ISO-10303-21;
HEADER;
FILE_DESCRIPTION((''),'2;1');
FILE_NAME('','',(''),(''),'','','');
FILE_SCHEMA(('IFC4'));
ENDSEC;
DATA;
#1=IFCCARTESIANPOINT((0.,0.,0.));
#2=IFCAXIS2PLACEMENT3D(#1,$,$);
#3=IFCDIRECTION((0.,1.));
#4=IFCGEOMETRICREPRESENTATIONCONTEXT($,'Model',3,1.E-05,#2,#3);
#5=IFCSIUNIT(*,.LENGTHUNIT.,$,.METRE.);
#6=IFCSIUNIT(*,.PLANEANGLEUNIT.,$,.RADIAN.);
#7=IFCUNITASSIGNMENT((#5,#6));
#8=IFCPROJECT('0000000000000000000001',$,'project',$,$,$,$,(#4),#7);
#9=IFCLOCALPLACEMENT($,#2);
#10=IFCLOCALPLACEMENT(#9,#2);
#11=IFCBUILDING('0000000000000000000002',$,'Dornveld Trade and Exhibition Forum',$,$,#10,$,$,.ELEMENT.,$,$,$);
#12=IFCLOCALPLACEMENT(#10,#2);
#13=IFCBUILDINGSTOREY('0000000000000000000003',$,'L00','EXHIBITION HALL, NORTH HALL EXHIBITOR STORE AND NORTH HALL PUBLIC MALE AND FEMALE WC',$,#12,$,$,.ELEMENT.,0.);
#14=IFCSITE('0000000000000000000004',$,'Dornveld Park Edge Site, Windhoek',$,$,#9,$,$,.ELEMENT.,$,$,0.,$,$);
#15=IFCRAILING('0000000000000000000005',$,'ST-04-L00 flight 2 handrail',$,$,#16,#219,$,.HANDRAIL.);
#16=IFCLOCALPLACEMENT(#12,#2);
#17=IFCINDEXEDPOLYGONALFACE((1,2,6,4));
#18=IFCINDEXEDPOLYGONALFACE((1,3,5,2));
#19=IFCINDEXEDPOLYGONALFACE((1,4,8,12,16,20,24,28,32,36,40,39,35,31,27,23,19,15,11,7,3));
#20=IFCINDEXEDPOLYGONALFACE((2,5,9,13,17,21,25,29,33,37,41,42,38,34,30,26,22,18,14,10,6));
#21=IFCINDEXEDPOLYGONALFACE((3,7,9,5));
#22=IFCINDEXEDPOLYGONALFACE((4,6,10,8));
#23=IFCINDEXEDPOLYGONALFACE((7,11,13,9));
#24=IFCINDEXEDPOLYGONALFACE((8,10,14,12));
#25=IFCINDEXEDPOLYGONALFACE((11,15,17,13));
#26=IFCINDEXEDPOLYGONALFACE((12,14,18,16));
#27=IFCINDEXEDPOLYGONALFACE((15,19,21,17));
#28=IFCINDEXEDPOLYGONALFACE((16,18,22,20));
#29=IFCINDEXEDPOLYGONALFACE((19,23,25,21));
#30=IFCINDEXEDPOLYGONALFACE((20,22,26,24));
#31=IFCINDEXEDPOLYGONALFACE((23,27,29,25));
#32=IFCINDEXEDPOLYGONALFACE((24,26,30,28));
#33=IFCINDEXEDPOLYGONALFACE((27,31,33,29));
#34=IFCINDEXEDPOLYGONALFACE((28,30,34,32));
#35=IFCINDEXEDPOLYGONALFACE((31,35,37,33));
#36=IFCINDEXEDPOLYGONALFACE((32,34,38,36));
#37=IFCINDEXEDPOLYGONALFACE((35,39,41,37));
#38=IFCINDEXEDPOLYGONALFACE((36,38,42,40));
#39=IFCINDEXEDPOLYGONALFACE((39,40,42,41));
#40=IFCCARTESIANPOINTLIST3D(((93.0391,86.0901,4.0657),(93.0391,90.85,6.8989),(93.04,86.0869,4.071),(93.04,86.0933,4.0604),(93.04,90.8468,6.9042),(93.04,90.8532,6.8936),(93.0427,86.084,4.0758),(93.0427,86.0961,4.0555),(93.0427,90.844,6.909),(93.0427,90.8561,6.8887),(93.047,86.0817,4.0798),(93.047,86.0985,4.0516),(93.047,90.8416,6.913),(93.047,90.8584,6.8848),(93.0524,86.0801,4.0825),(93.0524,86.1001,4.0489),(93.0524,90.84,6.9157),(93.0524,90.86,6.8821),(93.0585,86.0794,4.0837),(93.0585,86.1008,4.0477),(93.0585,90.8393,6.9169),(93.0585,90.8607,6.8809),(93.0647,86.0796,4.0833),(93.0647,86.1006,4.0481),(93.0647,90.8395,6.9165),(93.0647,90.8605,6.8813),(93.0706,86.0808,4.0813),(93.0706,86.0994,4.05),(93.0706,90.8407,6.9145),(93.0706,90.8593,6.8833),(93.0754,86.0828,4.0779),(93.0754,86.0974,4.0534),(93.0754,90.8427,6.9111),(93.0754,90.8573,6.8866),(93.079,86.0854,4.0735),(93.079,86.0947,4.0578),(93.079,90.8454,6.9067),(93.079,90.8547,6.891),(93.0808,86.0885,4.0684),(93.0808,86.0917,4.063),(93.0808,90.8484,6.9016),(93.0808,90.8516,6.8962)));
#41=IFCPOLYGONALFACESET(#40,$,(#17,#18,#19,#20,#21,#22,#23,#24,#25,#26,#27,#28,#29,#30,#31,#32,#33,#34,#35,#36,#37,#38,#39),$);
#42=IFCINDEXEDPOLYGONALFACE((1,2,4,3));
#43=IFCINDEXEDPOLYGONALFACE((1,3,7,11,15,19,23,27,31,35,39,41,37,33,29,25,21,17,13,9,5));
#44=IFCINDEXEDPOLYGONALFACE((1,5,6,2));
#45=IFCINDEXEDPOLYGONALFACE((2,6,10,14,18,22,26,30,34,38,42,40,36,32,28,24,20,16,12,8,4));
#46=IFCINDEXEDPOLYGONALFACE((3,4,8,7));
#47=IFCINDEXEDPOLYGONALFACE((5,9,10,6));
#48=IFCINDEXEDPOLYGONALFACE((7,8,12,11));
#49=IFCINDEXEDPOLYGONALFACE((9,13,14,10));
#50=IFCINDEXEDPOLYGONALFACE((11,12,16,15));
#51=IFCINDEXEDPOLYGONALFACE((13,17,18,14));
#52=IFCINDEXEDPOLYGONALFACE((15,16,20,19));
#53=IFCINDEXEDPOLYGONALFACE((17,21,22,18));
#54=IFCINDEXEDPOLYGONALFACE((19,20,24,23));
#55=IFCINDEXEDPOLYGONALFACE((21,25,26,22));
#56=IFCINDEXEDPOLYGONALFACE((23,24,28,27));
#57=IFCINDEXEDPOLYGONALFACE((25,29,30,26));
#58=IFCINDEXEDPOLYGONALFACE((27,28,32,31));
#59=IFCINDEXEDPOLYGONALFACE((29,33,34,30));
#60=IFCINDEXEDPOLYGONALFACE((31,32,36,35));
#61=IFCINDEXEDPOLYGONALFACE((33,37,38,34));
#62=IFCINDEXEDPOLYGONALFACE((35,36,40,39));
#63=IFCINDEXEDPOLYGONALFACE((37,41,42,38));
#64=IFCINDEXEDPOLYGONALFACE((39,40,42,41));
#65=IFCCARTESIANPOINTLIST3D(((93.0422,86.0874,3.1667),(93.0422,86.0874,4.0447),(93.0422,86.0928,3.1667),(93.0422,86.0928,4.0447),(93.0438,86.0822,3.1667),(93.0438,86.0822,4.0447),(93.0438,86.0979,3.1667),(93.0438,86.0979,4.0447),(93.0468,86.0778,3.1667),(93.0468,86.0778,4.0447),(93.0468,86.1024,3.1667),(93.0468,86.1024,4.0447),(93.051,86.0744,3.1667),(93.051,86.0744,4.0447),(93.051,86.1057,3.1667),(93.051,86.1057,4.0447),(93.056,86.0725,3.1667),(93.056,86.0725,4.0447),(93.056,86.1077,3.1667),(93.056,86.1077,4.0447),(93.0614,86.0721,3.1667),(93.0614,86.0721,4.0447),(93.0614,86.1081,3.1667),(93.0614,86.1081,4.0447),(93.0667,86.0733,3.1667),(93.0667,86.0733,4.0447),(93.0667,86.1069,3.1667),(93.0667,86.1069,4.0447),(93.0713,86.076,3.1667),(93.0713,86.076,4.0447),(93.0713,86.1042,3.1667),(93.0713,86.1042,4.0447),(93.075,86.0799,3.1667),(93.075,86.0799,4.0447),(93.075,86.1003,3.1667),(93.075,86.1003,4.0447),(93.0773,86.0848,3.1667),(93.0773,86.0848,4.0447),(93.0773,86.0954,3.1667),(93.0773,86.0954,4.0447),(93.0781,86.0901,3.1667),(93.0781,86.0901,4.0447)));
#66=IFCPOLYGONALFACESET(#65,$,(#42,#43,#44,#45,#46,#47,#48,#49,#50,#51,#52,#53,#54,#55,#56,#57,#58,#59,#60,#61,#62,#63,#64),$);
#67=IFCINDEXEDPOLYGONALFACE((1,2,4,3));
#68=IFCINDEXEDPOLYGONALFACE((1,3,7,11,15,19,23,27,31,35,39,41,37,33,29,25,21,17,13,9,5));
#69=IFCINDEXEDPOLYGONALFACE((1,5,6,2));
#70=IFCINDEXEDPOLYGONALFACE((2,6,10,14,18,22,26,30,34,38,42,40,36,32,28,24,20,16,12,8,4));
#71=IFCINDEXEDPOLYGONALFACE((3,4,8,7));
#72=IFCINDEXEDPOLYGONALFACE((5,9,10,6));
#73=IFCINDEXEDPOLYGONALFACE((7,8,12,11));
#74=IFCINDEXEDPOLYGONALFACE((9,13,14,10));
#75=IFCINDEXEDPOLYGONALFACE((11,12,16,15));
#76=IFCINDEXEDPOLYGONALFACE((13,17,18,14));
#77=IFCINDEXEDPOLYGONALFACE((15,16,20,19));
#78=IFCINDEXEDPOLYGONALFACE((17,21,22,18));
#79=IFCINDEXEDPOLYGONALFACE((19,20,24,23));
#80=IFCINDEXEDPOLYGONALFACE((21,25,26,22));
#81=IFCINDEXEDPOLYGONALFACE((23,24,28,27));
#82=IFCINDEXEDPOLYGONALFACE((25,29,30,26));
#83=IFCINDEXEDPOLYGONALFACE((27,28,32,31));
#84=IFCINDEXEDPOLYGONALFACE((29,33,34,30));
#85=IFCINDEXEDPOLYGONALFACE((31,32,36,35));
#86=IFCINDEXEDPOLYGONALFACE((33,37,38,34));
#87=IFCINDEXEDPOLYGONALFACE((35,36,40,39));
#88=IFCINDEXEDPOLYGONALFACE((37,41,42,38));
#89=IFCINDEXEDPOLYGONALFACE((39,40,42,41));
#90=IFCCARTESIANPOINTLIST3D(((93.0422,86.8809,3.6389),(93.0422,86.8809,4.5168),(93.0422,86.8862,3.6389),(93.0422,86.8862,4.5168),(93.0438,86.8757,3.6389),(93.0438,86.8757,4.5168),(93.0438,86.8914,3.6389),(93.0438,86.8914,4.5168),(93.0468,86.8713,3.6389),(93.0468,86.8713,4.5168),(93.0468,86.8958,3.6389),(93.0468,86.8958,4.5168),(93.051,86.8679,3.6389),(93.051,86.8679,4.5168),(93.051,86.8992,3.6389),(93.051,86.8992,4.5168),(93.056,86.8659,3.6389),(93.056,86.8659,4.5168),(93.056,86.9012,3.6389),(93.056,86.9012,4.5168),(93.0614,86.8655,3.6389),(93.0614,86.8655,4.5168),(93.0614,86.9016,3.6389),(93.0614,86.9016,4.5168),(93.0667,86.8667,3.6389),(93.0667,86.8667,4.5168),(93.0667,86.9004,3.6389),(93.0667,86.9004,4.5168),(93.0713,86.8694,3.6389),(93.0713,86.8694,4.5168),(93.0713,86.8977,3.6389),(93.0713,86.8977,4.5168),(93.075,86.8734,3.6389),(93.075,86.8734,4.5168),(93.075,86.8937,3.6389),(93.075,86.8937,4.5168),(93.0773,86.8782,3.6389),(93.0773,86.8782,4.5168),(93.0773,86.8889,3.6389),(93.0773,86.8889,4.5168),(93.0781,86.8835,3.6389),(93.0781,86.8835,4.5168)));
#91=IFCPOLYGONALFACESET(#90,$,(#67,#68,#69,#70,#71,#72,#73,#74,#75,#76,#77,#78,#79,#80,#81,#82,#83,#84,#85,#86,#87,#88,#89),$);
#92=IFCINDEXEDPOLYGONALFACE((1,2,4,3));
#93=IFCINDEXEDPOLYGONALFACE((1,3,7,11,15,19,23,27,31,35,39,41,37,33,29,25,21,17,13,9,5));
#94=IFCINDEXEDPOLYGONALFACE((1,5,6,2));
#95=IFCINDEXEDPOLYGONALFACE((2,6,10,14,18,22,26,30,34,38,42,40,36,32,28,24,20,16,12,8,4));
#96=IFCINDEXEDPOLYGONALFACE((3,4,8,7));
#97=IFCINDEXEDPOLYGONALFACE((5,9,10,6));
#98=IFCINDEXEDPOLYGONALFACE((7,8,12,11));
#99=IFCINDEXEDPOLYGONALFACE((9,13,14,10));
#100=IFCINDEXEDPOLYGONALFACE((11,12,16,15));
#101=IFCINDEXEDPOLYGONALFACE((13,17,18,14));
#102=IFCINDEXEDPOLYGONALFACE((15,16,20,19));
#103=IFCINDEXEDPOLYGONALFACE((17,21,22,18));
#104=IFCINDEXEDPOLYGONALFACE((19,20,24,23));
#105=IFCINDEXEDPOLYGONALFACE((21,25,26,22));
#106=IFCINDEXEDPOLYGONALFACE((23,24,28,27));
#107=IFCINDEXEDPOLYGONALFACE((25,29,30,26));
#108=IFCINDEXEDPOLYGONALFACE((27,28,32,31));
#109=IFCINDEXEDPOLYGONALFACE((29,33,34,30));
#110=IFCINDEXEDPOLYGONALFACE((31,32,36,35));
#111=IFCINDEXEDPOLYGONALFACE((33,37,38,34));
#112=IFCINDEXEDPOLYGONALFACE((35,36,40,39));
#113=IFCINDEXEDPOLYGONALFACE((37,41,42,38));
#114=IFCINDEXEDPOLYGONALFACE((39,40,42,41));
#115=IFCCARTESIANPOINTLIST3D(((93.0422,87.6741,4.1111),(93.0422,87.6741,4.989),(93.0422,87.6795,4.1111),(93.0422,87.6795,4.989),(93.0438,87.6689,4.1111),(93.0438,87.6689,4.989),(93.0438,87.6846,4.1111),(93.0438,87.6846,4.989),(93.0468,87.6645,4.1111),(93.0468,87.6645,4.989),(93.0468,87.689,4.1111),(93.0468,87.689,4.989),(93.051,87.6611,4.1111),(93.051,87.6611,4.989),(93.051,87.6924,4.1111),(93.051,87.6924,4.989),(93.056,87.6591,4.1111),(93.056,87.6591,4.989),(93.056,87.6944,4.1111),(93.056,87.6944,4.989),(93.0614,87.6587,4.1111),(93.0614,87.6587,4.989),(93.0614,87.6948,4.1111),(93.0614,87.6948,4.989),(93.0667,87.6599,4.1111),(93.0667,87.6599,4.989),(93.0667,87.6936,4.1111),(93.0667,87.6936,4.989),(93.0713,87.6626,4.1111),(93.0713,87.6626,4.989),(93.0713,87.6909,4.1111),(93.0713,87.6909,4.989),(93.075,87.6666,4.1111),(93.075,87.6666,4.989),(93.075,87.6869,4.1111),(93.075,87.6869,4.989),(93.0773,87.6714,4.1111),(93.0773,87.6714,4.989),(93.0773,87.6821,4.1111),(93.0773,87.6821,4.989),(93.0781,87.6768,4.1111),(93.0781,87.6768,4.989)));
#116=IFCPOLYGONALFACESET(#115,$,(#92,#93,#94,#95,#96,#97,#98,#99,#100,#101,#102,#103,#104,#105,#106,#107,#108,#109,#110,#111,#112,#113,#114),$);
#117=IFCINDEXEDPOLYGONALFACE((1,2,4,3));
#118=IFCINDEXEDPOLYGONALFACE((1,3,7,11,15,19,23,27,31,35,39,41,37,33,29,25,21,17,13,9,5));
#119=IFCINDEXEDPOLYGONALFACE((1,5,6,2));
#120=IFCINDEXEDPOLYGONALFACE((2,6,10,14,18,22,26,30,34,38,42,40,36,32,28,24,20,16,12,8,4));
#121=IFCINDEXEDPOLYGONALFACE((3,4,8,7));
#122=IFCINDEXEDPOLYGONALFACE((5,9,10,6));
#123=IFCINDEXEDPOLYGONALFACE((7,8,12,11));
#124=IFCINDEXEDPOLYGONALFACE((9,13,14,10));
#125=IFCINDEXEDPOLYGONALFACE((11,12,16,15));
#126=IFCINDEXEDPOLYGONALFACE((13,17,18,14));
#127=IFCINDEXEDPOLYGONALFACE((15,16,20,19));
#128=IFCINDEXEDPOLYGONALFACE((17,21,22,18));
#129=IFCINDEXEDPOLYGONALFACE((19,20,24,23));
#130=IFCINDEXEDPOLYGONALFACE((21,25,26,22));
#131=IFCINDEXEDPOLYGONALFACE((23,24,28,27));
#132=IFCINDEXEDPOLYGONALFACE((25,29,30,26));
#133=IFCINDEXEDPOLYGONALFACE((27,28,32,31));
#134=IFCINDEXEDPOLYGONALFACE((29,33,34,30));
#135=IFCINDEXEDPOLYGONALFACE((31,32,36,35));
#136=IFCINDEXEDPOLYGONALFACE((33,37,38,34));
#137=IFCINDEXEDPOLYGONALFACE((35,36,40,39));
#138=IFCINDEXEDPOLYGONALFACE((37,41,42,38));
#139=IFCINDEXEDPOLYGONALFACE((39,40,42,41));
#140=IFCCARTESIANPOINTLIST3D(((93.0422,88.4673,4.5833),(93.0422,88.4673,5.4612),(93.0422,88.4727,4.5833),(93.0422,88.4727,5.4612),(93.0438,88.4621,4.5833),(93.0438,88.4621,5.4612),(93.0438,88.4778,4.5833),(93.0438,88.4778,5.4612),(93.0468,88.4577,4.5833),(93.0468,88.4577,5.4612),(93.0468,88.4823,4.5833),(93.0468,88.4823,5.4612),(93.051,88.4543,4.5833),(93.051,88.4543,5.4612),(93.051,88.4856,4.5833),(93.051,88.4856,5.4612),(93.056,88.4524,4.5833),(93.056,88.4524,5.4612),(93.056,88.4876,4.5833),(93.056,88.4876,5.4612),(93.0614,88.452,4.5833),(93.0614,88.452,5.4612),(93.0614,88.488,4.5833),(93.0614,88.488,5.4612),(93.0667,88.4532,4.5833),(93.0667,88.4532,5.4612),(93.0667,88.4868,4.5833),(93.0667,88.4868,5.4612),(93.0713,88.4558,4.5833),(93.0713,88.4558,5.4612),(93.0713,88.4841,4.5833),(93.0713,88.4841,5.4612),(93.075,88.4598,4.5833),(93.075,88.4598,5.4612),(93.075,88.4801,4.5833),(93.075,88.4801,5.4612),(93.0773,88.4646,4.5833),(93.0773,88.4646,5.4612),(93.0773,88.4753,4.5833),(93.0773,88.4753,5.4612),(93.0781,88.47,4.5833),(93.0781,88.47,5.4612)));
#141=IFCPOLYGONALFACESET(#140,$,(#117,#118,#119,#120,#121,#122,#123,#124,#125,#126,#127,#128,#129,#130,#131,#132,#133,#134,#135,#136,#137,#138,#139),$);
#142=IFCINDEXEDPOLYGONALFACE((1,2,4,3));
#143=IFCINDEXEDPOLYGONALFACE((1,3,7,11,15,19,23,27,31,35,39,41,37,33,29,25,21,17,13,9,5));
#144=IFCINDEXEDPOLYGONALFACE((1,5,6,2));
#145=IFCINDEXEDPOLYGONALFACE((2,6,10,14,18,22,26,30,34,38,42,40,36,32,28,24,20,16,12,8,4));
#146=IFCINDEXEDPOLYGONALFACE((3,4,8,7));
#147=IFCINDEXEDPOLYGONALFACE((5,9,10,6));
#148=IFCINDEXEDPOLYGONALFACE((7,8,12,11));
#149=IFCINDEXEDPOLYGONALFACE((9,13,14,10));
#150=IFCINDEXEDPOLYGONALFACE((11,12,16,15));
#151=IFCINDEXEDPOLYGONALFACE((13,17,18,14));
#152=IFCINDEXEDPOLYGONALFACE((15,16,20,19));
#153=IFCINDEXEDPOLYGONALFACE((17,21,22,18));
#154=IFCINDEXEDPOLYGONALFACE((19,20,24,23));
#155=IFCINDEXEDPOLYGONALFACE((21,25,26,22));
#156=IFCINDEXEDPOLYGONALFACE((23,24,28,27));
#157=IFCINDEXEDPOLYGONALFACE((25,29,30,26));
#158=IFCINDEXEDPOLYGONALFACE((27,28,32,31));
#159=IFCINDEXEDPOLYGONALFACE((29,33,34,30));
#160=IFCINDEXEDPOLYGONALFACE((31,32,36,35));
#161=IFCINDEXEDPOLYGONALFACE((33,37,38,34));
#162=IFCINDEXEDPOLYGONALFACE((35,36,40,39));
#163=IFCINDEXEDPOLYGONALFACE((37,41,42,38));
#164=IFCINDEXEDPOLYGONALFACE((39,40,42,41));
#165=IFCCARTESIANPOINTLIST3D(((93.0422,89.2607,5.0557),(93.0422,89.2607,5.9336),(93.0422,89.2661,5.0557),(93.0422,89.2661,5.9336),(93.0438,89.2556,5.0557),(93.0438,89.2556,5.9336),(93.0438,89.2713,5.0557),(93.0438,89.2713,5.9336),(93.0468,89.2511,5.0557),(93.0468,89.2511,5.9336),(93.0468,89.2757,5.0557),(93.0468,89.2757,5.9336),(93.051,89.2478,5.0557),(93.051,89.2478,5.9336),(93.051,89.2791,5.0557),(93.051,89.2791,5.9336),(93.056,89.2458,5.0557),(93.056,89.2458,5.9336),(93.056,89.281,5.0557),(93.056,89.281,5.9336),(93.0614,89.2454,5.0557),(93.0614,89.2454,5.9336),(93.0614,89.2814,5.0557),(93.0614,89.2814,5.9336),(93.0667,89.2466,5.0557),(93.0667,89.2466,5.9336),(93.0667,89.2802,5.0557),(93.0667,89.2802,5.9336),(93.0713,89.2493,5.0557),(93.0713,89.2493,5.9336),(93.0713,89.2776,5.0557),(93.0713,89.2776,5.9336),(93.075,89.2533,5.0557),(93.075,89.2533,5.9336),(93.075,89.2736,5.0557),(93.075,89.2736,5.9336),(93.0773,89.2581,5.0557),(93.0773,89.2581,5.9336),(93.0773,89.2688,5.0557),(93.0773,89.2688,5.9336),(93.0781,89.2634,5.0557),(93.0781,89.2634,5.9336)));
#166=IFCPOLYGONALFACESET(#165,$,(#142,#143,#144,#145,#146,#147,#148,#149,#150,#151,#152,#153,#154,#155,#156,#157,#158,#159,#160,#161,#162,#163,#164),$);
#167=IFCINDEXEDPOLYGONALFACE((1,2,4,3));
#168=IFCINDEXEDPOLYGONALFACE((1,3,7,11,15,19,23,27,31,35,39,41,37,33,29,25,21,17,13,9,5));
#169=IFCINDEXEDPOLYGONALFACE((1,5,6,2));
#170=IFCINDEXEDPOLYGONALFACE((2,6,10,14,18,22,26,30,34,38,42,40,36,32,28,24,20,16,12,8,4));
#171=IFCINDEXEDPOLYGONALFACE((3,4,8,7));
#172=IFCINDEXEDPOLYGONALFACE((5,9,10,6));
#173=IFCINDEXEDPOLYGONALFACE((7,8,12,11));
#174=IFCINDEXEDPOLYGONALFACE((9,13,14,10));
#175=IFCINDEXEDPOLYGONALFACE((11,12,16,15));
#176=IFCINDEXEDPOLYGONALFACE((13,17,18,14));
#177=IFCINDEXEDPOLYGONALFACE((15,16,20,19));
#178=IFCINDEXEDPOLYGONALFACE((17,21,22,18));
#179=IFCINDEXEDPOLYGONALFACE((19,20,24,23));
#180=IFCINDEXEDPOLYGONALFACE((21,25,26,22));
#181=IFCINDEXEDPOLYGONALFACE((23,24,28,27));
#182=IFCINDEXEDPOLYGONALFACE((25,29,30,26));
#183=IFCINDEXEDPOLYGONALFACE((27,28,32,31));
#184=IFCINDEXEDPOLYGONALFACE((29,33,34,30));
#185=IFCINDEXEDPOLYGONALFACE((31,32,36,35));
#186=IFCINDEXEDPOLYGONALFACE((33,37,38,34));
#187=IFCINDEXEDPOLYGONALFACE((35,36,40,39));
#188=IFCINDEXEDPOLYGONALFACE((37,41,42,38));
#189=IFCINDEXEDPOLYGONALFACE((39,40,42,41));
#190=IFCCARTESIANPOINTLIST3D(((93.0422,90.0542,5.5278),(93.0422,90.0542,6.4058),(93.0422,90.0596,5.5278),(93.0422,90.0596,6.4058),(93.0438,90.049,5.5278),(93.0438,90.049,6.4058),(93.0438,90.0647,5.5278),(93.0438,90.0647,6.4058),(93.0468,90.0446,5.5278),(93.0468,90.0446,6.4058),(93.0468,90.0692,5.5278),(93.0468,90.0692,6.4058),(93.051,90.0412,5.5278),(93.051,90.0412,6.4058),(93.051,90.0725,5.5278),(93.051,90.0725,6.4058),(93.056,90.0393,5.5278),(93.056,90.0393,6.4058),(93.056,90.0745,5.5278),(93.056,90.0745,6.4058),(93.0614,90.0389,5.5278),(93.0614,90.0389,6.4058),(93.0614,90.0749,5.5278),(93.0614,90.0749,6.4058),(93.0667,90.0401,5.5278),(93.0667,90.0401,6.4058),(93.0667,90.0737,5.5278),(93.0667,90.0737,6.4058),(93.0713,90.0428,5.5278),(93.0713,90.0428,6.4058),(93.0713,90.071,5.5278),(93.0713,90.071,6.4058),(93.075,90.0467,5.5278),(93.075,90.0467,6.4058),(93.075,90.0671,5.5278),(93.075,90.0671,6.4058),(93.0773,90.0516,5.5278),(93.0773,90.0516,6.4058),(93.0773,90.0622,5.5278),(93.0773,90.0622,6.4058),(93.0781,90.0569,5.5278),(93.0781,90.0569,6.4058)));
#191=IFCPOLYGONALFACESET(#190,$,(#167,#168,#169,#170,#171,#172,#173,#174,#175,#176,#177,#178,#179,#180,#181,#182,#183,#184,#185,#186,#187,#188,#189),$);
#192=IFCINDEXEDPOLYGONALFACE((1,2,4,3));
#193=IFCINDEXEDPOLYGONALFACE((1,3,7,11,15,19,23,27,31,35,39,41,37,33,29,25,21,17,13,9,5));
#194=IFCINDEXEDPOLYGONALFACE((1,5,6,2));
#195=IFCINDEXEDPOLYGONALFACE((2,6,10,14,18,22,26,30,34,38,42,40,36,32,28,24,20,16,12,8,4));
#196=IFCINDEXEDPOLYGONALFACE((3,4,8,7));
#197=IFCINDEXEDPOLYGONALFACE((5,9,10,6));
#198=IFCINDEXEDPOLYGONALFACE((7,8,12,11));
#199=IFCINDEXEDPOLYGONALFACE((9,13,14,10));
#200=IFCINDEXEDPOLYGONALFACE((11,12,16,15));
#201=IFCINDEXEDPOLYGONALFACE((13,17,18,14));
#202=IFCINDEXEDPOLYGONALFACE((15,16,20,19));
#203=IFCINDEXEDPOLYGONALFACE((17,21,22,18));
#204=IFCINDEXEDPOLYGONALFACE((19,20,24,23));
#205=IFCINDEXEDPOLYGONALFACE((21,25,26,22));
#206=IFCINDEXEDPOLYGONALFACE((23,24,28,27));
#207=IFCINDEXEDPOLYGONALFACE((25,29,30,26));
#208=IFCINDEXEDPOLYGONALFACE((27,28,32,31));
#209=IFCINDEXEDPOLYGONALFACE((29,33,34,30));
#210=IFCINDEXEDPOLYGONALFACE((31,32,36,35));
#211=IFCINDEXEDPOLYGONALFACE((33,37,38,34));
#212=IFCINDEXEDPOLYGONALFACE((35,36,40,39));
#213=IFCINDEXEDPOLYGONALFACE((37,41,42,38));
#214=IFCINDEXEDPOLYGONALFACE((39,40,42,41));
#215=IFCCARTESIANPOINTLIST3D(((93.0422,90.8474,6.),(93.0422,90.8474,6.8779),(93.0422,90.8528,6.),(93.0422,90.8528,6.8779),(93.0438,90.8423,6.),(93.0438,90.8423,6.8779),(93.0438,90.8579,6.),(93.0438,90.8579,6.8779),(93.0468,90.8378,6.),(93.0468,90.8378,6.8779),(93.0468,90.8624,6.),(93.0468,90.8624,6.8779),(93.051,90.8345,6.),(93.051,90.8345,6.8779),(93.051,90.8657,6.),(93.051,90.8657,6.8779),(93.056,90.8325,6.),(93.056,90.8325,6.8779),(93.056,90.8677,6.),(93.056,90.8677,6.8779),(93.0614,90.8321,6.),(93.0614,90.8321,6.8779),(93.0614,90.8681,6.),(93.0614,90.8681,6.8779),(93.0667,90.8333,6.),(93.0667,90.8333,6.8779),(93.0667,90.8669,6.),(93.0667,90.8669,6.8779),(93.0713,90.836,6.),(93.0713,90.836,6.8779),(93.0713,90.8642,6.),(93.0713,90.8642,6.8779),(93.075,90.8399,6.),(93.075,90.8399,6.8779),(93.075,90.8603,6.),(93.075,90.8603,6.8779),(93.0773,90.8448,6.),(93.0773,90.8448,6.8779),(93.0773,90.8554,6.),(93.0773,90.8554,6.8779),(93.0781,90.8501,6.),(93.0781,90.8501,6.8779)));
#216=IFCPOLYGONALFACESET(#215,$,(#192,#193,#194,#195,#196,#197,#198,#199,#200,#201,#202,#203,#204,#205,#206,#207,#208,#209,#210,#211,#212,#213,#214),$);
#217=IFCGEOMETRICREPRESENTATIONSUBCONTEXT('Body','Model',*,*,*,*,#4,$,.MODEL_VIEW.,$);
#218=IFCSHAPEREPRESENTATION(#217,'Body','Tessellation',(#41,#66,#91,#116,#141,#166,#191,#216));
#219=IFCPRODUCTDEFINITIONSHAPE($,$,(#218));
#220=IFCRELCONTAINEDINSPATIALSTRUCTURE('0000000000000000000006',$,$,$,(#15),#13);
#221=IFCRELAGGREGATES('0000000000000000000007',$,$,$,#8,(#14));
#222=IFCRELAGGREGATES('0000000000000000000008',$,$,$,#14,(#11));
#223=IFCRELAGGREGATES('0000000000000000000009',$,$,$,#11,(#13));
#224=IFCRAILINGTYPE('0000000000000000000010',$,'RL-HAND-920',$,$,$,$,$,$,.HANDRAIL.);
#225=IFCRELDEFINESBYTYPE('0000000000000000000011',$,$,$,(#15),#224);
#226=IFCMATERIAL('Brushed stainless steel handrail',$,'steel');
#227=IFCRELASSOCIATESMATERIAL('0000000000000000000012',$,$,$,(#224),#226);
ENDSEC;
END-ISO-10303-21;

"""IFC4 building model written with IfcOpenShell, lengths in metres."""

from ifc_helpers import new_model, si_unit, direction, frame, origin, origin_2d, place, context, subcontext, project, spatial, circle, extrude, material, type_object, element, save


model = new_model("IFC4")

# Units and contexts
model_context = context("Model", 3, precision=1e-05, world=origin(), true_north=direction((0.0, 1.0)))
body_context = subcontext(model_context, "Body", "Model", "MODEL_VIEW")
ifc_project = project(units=[si_unit("LENGTHUNIT", "METRE"), si_unit("PLANEANGLEUNIT", "RADIAN")], contexts=[model_context])

# Site, building, storey
site_placement = place(None, origin())
site = spatial("IfcSite", under=ifc_project, at=site_placement, Name="Dornveld Park Edge Site, Windhoek", CompositionType="ELEMENT", RefElevation=0.0)
building_placement = place(site_placement, origin())
building = spatial("IfcBuilding", under=site, at=building_placement, Name="Dornveld Trade and Exhibition Forum", CompositionType="ELEMENT")
storey_placement = place(building_placement, origin())
storey = spatial("IfcBuildingStorey", under=building, at=storey_placement, Name="L00", Description="EXHIBITION HALL, NORTH HALL EXHIBITOR STORE AND NORTH HALL PUBLIC MALE AND FEMALE WC", CompositionType="ELEMENT", Elevation=0.0)

# Railing
ifc_material_1 = material(Name="Brushed stainless steel handrail", Category="steel")
railing_type_1 = type_object("IfcRailingType", Name="RL-HAND-920", PredefinedType="HANDRAIL", material=ifc_material_1)
railing_1_placement = place(storey_placement, frame((93.0601, 86.0901, 3.1667)))
element("IfcRailing", 1, at=railing_1_placement, inside=storey, type_object=railing_type_1, Name="ST-04-L00 flight 2 handrail", PredefinedType="HANDRAIL", context=body_context, shape_type="SweptSolid", body=[
    extrude(circle(Radius=0.021, at=origin_2d()), frame((0.0, 0.0, 0.8989), z_axis=(0.0, 0.8593, 0.511472), x_axis=(-1.0, 0.0, 0.0)), (0.0, 0.0, 1.0), 5.5393),
    extrude(circle(Radius=0.0181, at=origin_2d()), origin(), (0.0, 0.0, 1.0), 0.8779),
    extrude(circle(Radius=0.0181, at=origin_2d()), frame((0.0, 0.7935, 0.4722)), (0.0, 0.0, 1.0), 0.8779),
    extrude(circle(Radius=0.0181, at=origin_2d()), frame((0.0, 1.5867, 0.9443)), (0.0, 0.0, 1.0), 0.8779),
    extrude(circle(Radius=0.0181, at=origin_2d()), frame((0.0, 2.3799, 1.4165)), (0.0, 0.0, 1.0), 0.8779),
    extrude(circle(Radius=0.0181, at=origin_2d()), frame((0.0, 3.1733, 1.8889)), (0.0, 0.0, 1.0), 0.8779),
    extrude(circle(Radius=0.0181, at=origin_2d()), frame((0.0, 3.9668, 2.3611)), (0.0, 0.0, 1.0), 0.8779),
    extrude(circle(Radius=0.0181, at=origin_2d()), frame((0.0, 4.76, 2.8333)), (0.0, 0.0, 1.0), 0.8779),
])

save(model, "model.ifc")
